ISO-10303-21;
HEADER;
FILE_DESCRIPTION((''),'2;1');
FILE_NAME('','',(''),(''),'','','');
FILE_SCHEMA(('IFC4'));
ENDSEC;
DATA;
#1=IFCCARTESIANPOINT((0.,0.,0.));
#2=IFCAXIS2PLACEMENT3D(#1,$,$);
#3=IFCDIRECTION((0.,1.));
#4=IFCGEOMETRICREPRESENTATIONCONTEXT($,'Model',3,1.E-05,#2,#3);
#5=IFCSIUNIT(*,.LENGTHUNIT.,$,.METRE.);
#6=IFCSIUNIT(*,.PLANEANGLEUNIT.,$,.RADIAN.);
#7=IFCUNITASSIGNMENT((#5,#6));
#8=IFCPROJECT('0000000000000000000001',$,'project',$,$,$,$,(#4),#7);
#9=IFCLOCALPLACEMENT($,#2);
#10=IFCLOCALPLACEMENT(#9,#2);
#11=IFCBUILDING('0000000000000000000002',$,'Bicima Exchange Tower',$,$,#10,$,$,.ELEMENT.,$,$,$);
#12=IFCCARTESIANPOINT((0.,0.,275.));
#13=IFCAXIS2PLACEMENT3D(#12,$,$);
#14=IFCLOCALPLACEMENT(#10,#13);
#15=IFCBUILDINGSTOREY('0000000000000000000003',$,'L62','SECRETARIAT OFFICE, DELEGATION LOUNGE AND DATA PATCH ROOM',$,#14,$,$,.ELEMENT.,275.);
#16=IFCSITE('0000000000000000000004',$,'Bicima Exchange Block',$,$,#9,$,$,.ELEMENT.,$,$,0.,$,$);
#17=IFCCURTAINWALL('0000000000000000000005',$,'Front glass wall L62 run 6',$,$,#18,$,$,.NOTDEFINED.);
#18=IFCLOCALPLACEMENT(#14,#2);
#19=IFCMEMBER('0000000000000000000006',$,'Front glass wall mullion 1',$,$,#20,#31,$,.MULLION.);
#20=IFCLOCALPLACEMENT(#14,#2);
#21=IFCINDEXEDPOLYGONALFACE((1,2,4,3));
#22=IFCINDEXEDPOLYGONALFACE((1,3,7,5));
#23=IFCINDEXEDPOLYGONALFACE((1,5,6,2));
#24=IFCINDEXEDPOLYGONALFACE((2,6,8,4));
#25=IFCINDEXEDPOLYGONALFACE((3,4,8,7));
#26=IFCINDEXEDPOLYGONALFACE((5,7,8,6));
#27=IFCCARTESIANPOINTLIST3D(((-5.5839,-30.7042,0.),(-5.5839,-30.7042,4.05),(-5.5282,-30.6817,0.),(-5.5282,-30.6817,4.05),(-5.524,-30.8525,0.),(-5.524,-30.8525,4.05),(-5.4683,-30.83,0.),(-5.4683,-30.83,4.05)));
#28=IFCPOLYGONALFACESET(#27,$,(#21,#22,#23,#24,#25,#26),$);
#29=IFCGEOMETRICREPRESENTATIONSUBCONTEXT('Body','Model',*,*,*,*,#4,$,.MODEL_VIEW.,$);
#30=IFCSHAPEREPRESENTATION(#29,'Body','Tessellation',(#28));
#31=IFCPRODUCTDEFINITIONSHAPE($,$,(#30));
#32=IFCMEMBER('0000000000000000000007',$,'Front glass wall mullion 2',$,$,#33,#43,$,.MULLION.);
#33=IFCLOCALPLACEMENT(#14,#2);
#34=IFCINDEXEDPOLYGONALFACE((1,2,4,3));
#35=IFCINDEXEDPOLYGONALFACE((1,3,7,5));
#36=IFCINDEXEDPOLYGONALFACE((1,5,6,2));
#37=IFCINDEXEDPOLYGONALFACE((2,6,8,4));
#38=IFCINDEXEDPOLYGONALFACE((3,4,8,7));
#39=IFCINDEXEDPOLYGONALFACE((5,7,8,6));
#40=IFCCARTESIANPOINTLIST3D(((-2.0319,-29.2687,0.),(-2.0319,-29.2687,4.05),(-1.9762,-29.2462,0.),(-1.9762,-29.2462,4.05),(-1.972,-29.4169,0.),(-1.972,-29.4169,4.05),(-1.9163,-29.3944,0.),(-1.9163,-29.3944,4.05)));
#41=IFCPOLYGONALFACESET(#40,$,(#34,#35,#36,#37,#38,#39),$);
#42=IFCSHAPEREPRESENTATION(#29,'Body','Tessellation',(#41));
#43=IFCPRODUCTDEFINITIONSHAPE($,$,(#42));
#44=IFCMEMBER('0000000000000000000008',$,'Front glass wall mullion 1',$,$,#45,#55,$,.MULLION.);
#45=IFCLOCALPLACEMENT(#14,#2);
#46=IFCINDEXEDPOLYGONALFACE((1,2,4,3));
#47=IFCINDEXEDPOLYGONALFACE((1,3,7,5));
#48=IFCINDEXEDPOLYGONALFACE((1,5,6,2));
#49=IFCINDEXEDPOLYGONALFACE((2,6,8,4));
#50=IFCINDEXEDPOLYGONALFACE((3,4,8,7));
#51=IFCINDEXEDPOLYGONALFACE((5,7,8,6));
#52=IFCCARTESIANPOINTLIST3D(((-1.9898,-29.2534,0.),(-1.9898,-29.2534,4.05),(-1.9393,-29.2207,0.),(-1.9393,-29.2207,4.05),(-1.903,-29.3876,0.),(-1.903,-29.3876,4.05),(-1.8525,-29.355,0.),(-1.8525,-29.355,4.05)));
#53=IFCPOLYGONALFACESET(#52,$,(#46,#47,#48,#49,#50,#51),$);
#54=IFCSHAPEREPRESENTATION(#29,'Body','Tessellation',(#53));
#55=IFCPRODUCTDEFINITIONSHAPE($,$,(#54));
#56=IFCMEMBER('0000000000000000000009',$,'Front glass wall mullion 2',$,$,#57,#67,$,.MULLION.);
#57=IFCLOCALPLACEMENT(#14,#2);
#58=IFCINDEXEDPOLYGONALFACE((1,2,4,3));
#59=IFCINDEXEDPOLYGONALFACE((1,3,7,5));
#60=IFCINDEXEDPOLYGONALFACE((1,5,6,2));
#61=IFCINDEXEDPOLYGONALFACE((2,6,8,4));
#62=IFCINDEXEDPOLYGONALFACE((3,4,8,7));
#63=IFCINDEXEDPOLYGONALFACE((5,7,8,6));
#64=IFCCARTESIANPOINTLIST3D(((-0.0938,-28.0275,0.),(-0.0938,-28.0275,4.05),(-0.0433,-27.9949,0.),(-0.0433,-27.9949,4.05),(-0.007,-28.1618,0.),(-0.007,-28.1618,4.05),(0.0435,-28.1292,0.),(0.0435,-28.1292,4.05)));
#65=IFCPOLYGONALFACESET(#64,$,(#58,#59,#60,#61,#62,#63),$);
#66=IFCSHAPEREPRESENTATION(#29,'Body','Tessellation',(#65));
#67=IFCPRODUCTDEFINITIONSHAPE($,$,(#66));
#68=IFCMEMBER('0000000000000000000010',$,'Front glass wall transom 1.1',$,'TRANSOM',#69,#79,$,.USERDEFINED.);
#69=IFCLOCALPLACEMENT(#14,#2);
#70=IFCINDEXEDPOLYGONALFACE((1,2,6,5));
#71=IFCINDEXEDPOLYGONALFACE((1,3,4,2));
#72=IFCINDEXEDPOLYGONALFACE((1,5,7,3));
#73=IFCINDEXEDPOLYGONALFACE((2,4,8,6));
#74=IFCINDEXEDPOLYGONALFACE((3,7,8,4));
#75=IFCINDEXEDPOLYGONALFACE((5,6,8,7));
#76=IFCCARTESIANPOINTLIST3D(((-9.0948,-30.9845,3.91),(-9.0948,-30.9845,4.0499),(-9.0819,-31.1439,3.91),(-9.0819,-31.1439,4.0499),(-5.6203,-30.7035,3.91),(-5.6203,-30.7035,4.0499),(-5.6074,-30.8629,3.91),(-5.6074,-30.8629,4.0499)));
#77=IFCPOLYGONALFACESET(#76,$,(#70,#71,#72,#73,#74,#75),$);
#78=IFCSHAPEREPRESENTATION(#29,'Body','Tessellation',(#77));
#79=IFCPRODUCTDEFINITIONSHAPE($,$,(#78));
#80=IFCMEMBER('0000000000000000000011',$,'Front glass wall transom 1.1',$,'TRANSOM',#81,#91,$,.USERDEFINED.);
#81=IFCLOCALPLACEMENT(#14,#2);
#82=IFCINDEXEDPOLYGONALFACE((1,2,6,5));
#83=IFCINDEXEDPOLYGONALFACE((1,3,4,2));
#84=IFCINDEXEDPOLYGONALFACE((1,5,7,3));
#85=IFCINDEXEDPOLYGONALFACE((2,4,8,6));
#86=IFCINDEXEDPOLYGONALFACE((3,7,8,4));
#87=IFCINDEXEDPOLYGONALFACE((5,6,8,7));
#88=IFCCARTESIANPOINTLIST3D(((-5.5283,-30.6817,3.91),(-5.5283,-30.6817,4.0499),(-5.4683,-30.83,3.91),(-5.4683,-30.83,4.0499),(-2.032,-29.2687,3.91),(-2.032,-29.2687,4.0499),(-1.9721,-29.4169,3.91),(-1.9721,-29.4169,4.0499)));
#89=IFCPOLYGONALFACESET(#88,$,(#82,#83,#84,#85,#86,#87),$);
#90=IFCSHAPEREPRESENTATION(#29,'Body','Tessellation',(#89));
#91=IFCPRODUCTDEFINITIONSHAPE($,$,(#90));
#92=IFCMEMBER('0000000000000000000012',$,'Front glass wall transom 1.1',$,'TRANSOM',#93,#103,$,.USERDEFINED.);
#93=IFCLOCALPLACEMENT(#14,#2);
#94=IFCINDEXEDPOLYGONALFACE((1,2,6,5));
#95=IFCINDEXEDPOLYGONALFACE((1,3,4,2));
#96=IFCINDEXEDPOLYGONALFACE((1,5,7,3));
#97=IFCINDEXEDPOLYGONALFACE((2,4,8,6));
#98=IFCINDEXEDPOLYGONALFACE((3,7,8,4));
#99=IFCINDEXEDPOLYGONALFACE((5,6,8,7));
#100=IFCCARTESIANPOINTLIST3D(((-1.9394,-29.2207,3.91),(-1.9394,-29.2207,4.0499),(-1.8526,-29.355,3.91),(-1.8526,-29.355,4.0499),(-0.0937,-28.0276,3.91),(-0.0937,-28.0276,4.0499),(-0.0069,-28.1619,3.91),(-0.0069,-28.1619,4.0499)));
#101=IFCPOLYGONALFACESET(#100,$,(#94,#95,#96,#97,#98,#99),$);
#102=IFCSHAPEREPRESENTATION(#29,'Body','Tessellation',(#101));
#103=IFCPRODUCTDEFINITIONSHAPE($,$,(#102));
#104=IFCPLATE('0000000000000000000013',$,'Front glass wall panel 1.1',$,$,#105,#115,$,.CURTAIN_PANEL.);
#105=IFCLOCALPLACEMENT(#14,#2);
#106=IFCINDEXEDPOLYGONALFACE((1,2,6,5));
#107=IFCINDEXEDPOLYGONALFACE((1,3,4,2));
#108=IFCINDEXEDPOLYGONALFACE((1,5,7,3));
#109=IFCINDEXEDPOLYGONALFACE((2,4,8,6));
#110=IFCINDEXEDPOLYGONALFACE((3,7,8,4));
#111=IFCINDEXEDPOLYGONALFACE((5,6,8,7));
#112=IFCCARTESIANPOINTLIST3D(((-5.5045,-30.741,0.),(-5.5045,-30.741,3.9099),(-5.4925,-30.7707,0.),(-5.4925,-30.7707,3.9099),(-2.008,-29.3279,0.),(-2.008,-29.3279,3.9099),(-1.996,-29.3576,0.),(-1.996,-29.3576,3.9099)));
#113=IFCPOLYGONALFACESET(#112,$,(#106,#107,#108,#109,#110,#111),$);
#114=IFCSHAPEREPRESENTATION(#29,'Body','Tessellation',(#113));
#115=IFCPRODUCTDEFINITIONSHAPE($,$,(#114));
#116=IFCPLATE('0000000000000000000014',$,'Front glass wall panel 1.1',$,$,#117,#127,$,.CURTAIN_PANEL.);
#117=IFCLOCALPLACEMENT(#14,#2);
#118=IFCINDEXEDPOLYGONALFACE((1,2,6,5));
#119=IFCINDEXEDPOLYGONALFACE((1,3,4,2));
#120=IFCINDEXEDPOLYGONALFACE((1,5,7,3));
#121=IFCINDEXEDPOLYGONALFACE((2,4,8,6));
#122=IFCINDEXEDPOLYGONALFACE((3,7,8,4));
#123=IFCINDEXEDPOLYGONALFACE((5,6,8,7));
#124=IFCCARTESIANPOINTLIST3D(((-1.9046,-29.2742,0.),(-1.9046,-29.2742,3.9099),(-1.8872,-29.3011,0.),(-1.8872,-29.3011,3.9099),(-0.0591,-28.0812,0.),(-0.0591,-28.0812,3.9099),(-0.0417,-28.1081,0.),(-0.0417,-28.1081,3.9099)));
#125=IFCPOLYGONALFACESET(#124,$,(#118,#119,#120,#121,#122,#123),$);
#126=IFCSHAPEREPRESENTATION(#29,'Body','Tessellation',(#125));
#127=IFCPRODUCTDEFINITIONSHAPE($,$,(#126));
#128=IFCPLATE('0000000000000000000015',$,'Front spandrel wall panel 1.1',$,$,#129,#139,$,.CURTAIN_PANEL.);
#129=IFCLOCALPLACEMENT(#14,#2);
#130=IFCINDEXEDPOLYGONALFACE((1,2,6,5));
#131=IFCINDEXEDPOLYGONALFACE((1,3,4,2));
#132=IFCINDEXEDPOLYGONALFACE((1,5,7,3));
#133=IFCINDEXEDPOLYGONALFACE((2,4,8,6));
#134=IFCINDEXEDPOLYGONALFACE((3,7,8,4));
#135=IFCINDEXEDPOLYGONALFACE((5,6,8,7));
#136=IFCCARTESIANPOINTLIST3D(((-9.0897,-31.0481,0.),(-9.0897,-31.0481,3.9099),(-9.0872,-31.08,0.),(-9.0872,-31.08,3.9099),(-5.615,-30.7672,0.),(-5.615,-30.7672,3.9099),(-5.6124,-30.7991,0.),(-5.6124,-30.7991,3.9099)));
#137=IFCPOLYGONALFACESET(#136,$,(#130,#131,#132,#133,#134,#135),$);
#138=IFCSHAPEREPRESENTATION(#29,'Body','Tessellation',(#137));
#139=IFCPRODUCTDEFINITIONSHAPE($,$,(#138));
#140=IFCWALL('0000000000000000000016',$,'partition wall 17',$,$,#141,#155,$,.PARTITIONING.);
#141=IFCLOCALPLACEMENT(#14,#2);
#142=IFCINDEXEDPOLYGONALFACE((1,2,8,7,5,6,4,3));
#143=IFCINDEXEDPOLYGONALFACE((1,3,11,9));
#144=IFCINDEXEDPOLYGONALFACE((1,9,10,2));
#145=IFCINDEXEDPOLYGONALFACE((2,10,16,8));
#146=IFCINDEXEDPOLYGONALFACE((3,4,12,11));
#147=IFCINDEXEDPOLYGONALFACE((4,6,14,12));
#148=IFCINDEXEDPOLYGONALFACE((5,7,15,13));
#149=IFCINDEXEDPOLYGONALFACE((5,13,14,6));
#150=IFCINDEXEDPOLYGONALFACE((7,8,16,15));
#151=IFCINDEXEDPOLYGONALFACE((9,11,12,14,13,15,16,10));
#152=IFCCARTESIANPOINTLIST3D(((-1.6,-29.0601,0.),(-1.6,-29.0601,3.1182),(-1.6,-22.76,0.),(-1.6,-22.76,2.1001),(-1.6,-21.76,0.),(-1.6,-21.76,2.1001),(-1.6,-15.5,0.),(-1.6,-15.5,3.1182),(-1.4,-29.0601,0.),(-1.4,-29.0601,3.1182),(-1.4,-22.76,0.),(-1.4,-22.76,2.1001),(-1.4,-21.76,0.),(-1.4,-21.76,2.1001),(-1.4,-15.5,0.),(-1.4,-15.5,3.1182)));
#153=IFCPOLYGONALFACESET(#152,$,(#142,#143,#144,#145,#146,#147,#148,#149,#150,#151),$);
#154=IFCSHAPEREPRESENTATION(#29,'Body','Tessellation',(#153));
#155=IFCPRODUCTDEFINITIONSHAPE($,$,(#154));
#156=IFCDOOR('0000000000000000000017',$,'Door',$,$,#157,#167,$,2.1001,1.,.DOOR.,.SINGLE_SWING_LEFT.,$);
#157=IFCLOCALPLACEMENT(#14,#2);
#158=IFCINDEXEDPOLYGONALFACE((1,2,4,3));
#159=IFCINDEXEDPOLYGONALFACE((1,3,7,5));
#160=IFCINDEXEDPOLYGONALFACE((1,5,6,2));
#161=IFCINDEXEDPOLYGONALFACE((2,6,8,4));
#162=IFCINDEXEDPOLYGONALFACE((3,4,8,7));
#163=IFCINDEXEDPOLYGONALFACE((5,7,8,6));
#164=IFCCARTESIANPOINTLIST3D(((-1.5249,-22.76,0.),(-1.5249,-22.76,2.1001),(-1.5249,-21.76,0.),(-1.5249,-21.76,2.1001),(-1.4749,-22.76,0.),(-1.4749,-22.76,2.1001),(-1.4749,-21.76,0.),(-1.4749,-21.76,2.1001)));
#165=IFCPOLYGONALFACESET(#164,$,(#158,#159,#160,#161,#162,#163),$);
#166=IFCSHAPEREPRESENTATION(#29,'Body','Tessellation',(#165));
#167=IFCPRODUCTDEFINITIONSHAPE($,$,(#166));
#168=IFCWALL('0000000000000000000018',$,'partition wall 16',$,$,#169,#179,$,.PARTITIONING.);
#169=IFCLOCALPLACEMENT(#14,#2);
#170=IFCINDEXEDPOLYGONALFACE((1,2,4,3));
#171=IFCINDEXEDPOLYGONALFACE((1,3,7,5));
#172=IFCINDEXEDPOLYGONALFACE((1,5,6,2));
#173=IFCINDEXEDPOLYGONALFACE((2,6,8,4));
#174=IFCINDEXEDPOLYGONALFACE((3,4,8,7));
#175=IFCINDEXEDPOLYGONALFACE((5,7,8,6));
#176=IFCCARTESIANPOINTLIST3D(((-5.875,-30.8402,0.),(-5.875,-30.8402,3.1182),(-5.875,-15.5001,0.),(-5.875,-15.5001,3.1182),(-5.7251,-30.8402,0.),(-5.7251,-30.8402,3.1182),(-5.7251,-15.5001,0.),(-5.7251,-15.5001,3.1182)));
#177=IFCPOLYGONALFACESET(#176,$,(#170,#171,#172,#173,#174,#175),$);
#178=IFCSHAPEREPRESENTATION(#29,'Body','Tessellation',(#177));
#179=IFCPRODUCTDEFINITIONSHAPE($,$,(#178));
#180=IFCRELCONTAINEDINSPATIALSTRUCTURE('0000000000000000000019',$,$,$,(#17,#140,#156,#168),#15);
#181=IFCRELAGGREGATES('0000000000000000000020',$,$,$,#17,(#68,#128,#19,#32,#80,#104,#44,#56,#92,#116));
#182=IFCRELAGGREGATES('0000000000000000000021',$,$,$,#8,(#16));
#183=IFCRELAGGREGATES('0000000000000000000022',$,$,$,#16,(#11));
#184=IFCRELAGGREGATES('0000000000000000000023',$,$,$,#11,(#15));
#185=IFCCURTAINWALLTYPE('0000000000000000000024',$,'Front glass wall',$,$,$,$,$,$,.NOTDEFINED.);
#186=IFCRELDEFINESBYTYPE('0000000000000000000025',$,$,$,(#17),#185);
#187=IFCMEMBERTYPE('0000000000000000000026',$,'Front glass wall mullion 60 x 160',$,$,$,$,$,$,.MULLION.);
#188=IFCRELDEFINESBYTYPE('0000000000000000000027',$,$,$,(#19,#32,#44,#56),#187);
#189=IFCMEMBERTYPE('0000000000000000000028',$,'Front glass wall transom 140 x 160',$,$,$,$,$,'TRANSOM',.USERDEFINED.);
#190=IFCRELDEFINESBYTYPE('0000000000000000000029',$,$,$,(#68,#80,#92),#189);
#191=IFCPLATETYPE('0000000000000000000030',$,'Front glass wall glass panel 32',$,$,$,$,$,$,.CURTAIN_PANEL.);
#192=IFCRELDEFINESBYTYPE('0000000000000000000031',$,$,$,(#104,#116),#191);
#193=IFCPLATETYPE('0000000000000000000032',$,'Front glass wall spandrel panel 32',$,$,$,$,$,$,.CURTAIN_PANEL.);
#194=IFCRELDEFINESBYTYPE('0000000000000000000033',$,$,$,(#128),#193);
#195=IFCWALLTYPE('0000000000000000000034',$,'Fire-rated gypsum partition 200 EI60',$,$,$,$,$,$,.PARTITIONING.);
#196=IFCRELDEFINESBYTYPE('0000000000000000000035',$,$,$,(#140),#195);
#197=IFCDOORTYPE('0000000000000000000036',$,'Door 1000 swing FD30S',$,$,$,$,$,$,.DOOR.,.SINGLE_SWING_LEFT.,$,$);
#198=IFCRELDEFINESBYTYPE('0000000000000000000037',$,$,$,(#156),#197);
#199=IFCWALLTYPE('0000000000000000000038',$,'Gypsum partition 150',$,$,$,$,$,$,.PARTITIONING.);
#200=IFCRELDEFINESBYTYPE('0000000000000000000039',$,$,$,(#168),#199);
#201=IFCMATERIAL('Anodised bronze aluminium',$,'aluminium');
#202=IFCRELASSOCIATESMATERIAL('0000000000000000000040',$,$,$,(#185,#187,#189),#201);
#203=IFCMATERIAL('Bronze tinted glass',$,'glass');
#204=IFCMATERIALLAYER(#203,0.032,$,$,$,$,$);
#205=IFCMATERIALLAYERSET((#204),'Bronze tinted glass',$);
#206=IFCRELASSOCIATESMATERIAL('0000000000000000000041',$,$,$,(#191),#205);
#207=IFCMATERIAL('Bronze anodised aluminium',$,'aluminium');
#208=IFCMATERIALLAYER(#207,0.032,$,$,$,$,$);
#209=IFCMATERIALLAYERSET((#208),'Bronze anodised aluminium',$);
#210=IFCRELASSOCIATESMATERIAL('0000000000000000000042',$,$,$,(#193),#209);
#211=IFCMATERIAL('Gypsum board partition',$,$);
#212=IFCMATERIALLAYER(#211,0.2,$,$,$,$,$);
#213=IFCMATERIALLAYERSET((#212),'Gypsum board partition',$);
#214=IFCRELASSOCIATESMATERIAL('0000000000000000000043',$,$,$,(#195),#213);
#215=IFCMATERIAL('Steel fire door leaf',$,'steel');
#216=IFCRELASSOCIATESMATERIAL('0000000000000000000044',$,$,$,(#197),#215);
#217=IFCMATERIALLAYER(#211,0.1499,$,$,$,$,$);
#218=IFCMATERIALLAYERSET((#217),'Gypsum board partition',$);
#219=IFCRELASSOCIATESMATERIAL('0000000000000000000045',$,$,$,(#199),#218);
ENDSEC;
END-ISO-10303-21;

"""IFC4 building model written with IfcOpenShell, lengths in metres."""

from ifc_helpers import new_model, si_unit, direction, frame, frame_2d, origin, origin_2d, place, context, subcontext, project, spatial, rectangle, extrude, material, layer, layer_set, material_profile, profile_set, type_object, element, fill, aggregate, save


model = new_model("IFC4")

# Units and contexts
model_context = context("Model", 3, precision=1e-05, world=origin(), true_north=direction((0.0, 1.0)))
body_context = subcontext(model_context, "Body", "Model", "MODEL_VIEW")
ifc_project = project(units=[si_unit("LENGTHUNIT", "METRE"), si_unit("PLANEANGLEUNIT", "RADIAN")], contexts=[model_context])

# Site, building, storey
site_placement = place(None, origin())
site = spatial("IfcSite", under=ifc_project, at=site_placement, Name="Bicima Exchange Block", CompositionType="ELEMENT", RefElevation=0.0)
building_placement = place(site_placement, origin())
building = spatial("IfcBuilding", under=site, at=building_placement, Name="Bicima Exchange Tower", CompositionType="ELEMENT")
storey_placement = place(building_placement, frame((0.0, 0.0, 275.0)))
storey = spatial("IfcBuildingStorey", under=building, at=storey_placement, Name="L62", Description="SECRETARIAT OFFICE, DELEGATION LOUNGE AND DATA PATCH ROOM", CompositionType="ELEMENT", Elevation=275.0)

# Curtain wall, members, plates
ifc_material_1 = material(Name="Anodised bronze aluminium", Category="aluminium")
curtain_wall_type = type_object("IfcCurtainWallType", Name="Front glass wall", PredefinedType="NOTDEFINED", material=ifc_material_1)
curtain_wall_placement = place(storey_placement, origin())
curtain_wall = element("IfcCurtainWall", 1, at=curtain_wall_placement, inside=storey, type_object=curtain_wall_type, Name="Front glass wall L62 run 6", PredefinedType="NOTDEFINED")
ifc_material_profile_1 = material_profile(ifc_material_1, rectangle(XDim=0.1599, YDim=0.0601, at=origin_2d()))
ifc_profile_set_1 = profile_set([ifc_material_profile_1], Name="Anodised bronze aluminium")
member_type_1 = type_object("IfcMemberType", Name="Front glass wall mullion 60 x 160", PredefinedType="MULLION", material=ifc_profile_set_1)
member_1_placement = place(storey_placement, frame((-5.5261, -30.7671, 0.0), z_axis=(0.0, 0.0, 1.0), x_axis=(-0.374705, 0.927144, 0.0)))
member_1 = element("IfcMember", 2, at=member_1_placement, type_object=member_type_1, Name="Front glass wall mullion 1", PredefinedType="MULLION", context=body_context, shape_type="SweptSolid", body=[
    extrude(rectangle(XDim=0.1599, YDim=0.0601, at=origin_2d()), origin(), (0.0, 0.0, 1.0), 4.05),
])
member_2_placement = place(storey_placement, frame((-1.9741, -29.3315, 0.0), z_axis=(0.0, 0.0, 1.0), x_axis=(-0.374705, 0.927144, 0.0)))
member_2 = element("IfcMember", 3, at=member_2_placement, type_object=member_type_1, Name="Front glass wall mullion 2", PredefinedType="MULLION", context=body_context, shape_type="SweptSolid", body=[
    extrude(rectangle(XDim=0.1599, YDim=0.0601, at=origin_2d()), origin(), (0.0, 0.0, 1.0), 4.05),
])
member_3_placement = place(storey_placement, frame((-1.9211, -29.3042, 0.0), z_axis=(0.0, 0.0, 1.0), x_axis=(-0.542897, 0.839799, 0.0)))
member_3 = element("IfcMember", 4, at=member_3_placement, type_object=member_type_1, Name="Front glass wall mullion 1", PredefinedType="MULLION", context=body_context, shape_type="SweptSolid", body=[
    extrude(rectangle(XDim=0.1599, YDim=0.0601, at=origin_2d()), origin(), (0.0, 0.0, 1.0), 4.05),
])
member_4_placement = place(storey_placement, frame((-0.0251, -28.0784, 0.0), z_axis=(0.0, 0.0, 1.0), x_axis=(-0.542897, 0.839799, 0.0)))
member_4 = element("IfcMember", 5, at=member_4_placement, type_object=member_type_1, Name="Front glass wall mullion 2", PredefinedType="MULLION", context=body_context, shape_type="SweptSolid", body=[
    extrude(rectangle(XDim=0.1599, YDim=0.0601, at=origin_2d()), origin(), (0.0, 0.0, 1.0), 4.05),
])
ifc_material_profile_2 = material_profile(ifc_material_1, rectangle(XDim=0.1599, YDim=0.1399, at=origin_2d()))
ifc_profile_set_2 = profile_set([ifc_material_profile_2], Name="Anodised bronze aluminium")
member_type_2 = type_object("IfcMemberType", Name="Front glass wall transom 140 x 160", ElementType="TRANSOM", PredefinedType="USERDEFINED", material=ifc_profile_set_2)
member_5_placement = place(storey_placement, frame((-9.0884, -31.0642, 3.98), z_axis=(0.996746, 0.080611, 0.0), x_axis=(-0.080611, 0.996746, 0.0)))
member_5 = element("IfcMember", 6, at=member_5_placement, type_object=member_type_2, Name="Front glass wall transom 1.1", ObjectType="TRANSOM", PredefinedType="USERDEFINED", context=body_context, shape_type="SweptSolid", body=[
    extrude(rectangle(XDim=0.1599, YDim=0.1399, at=origin_2d()), origin(), (0.0, 0.0, 1.0), 3.4858),
])
member_6_placement = place(storey_placement, frame((-5.4983, -30.7559, 3.98), z_axis=(0.92714, 0.374715, 0.0), x_axis=(-0.374715, 0.92714, 0.0)))
member_6 = element("IfcMember", 7, at=member_6_placement, type_object=member_type_2, Name="Front glass wall transom 1.1", ObjectType="TRANSOM", PredefinedType="USERDEFINED", context=body_context, shape_type="SweptSolid", body=[
    extrude(rectangle(XDim=0.1599, YDim=0.1399, at=origin_2d()), origin(), (0.0, 0.0, 1.0), 3.771),
])
member_7_placement = place(storey_placement, frame((-1.896, -29.2878, 3.98), z_axis=(0.839811, 0.542878, 0.0), x_axis=(-0.542878, 0.839811, 0.0)))
member_7 = element("IfcMember", 8, at=member_7_placement, type_object=member_type_2, Name="Front glass wall transom 1.1", ObjectType="TRANSOM", PredefinedType="USERDEFINED", context=body_context, shape_type="SweptSolid", body=[
    extrude(rectangle(XDim=0.1599, YDim=0.1399, at=origin_2d()), origin(), (0.0, 0.0, 1.0), 2.1978),
])
ifc_material_2 = material(Name="Bronze tinted glass", Category="glass")
ifc_layer_1 = layer(ifc_material_2, 0.032)
ifc_layer_set_1 = layer_set([ifc_layer_1], Name="Bronze tinted glass")
plate_type_1 = type_object("IfcPlateType", Name="Front glass wall glass panel 32", PredefinedType="CURTAIN_PANEL", material=ifc_layer_set_1)
plate_1_placement = place(storey_placement, frame((-3.7502, -30.0493, 0.0), z_axis=(0.0, 0.0, 1.0), x_axis=(0.927144, 0.374705, 0.0)))
plate_1 = element("IfcPlate", 9, at=plate_1_placement, type_object=plate_type_1, Name="Front glass wall panel 1.1", PredefinedType="CURTAIN_PANEL", context=body_context, shape_type="SweptSolid", body=[
    extrude(rectangle(XDim=3.7712, YDim=0.032, at=origin_2d()), origin(), (0.0, 0.0, 1.0), 3.9099),
])
plate_2_placement = place(storey_placement, frame((-0.9731, -28.6912, 0.0), z_axis=(0.0, 0.0, 1.0), x_axis=(0.839799, 0.542897, 0.0)))
plate_2 = element("IfcPlate", 10, at=plate_2_placement, type_object=plate_type_1, Name="Front glass wall panel 1.1", PredefinedType="CURTAIN_PANEL", context=body_context, shape_type="SweptSolid", body=[
    extrude(rectangle(XDim=2.1975, YDim=0.032, at=origin_2d()), origin(), (0.0, 0.0, 1.0), 3.9099),
])
ifc_material_3 = material(Name="Bronze anodised aluminium", Category="aluminium")
ifc_layer_2 = layer(ifc_material_3, 0.032)
ifc_layer_set_2 = layer_set([ifc_layer_2], Name="Bronze anodised aluminium")
plate_type_2 = type_object("IfcPlateType", Name="Front glass wall spandrel panel 32", PredefinedType="CURTAIN_PANEL", material=ifc_layer_set_2)
plate_3_placement = place(storey_placement, frame((-7.3511, -30.9236, 0.0), z_axis=(0.0, 0.0, 1.0), x_axis=(0.996747, 0.080589, 0.0)))
plate_3 = element("IfcPlate", 11, at=plate_3_placement, type_object=plate_type_2, Name="Front spandrel wall panel 1.1", PredefinedType="CURTAIN_PANEL", context=body_context, shape_type="SweptSolid", body=[
    extrude(rectangle(XDim=3.4861, YDim=0.032, at=origin_2d()), origin(), (0.0, 0.0, 1.0), 3.9099),
])
aggregate(curtain_wall, [member_5, plate_3, member_1, member_2, member_6, plate_1, member_3, member_4, member_7, plate_2])

# Wall, opening, door
ifc_material_4 = material(Name="Gypsum board partition")
ifc_layer_3 = layer(ifc_material_4, 0.2)
ifc_layer_set_3 = layer_set([ifc_layer_3], Name="Gypsum board partition")
wall_type_1 = type_object("IfcWallType", Name="Fire-rated gypsum partition 200 EI60", PredefinedType="PARTITIONING", material=ifc_layer_set_3)
wall_1_placement = place(storey_placement, frame((-1.5, -29.0601, 0.0), z_axis=(0.0, 0.0, 1.0), x_axis=(0.0, 1.0, 0.0)))
wall_1 = element("IfcWall", 12, at=wall_1_placement, inside=storey, type_object=wall_type_1, Name="partition wall 17", PredefinedType="PARTITIONING", context=body_context, shape_type="SweptSolid", body=[
    extrude(rectangle(XDim=13.5601, YDim=0.2, at=frame_2d((6.78, 0.0))), origin(), (0.0, 0.0, 1.0), 3.1182),
])
opening_placement = place(wall_1_placement, frame((6.3, 0.0, 0.0)))
opening = element("IfcOpeningElement", 13, at=opening_placement, cuts=wall_1, PredefinedType="OPENING", context=body_context, shape_type="SweptSolid", body=[
    extrude(rectangle(XDim=1.0, YDim=2.1001, at=frame_2d((0.5, 1.05))), frame((0.0, 0.1118, 0.0), z_axis=(0.0, -1.0, 0.0), x_axis=(1.0, 0.0, 0.0)), (0.0, 0.0, 1.0), 0.2239),
])
ifc_material_5 = material(Name="Steel fire door leaf", Category="steel")
door_type = type_object("IfcDoorType", Name="Door 1000 swing FD30S", OperationType="SINGLE_SWING_LEFT", PredefinedType="DOOR", material=ifc_material_5)
door_placement = place(opening_placement, origin())
door = element("IfcDoor", 14, at=door_placement, inside=storey, type_object=door_type, Name="Door", OperationType="SINGLE_SWING_LEFT", OverallHeight=2.1001, OverallWidth=1.0, PredefinedType="DOOR", context=body_context, shape_type="SweptSolid", body=[
    extrude(rectangle(XDim=1.0, YDim=2.1001, at=frame_2d((0.5, 1.05))), frame((0.0, 0.0249, 0.0), z_axis=(0.0, -1.0, 0.0), x_axis=(1.0, 0.0, 0.0)), (0.0, 0.0, 1.0), 0.05),
])
fill(opening, door)

# Wall
ifc_layer_4 = layer(ifc_material_4, 0.1499)
ifc_layer_set_4 = layer_set([ifc_layer_4], Name="Gypsum board partition")
wall_type_2 = type_object("IfcWallType", Name="Gypsum partition 150", PredefinedType="PARTITIONING", material=ifc_layer_set_4)
wall_2_placement = place(storey_placement, frame((-5.8, -30.8401, 0.0), z_axis=(0.0, 0.0, 1.0), x_axis=(0.0, 1.0, 0.0)))
element("IfcWall", 15, at=wall_2_placement, inside=storey, type_object=wall_type_2, Name="partition wall 16", PredefinedType="PARTITIONING", context=body_context, shape_type="SweptSolid", body=[
    extrude(rectangle(XDim=15.3401, YDim=0.1499, at=frame_2d((7.6699, 0.0))), origin(), (0.0, 0.0, 1.0), 3.1182),
])

save(model, "model.ifc")
